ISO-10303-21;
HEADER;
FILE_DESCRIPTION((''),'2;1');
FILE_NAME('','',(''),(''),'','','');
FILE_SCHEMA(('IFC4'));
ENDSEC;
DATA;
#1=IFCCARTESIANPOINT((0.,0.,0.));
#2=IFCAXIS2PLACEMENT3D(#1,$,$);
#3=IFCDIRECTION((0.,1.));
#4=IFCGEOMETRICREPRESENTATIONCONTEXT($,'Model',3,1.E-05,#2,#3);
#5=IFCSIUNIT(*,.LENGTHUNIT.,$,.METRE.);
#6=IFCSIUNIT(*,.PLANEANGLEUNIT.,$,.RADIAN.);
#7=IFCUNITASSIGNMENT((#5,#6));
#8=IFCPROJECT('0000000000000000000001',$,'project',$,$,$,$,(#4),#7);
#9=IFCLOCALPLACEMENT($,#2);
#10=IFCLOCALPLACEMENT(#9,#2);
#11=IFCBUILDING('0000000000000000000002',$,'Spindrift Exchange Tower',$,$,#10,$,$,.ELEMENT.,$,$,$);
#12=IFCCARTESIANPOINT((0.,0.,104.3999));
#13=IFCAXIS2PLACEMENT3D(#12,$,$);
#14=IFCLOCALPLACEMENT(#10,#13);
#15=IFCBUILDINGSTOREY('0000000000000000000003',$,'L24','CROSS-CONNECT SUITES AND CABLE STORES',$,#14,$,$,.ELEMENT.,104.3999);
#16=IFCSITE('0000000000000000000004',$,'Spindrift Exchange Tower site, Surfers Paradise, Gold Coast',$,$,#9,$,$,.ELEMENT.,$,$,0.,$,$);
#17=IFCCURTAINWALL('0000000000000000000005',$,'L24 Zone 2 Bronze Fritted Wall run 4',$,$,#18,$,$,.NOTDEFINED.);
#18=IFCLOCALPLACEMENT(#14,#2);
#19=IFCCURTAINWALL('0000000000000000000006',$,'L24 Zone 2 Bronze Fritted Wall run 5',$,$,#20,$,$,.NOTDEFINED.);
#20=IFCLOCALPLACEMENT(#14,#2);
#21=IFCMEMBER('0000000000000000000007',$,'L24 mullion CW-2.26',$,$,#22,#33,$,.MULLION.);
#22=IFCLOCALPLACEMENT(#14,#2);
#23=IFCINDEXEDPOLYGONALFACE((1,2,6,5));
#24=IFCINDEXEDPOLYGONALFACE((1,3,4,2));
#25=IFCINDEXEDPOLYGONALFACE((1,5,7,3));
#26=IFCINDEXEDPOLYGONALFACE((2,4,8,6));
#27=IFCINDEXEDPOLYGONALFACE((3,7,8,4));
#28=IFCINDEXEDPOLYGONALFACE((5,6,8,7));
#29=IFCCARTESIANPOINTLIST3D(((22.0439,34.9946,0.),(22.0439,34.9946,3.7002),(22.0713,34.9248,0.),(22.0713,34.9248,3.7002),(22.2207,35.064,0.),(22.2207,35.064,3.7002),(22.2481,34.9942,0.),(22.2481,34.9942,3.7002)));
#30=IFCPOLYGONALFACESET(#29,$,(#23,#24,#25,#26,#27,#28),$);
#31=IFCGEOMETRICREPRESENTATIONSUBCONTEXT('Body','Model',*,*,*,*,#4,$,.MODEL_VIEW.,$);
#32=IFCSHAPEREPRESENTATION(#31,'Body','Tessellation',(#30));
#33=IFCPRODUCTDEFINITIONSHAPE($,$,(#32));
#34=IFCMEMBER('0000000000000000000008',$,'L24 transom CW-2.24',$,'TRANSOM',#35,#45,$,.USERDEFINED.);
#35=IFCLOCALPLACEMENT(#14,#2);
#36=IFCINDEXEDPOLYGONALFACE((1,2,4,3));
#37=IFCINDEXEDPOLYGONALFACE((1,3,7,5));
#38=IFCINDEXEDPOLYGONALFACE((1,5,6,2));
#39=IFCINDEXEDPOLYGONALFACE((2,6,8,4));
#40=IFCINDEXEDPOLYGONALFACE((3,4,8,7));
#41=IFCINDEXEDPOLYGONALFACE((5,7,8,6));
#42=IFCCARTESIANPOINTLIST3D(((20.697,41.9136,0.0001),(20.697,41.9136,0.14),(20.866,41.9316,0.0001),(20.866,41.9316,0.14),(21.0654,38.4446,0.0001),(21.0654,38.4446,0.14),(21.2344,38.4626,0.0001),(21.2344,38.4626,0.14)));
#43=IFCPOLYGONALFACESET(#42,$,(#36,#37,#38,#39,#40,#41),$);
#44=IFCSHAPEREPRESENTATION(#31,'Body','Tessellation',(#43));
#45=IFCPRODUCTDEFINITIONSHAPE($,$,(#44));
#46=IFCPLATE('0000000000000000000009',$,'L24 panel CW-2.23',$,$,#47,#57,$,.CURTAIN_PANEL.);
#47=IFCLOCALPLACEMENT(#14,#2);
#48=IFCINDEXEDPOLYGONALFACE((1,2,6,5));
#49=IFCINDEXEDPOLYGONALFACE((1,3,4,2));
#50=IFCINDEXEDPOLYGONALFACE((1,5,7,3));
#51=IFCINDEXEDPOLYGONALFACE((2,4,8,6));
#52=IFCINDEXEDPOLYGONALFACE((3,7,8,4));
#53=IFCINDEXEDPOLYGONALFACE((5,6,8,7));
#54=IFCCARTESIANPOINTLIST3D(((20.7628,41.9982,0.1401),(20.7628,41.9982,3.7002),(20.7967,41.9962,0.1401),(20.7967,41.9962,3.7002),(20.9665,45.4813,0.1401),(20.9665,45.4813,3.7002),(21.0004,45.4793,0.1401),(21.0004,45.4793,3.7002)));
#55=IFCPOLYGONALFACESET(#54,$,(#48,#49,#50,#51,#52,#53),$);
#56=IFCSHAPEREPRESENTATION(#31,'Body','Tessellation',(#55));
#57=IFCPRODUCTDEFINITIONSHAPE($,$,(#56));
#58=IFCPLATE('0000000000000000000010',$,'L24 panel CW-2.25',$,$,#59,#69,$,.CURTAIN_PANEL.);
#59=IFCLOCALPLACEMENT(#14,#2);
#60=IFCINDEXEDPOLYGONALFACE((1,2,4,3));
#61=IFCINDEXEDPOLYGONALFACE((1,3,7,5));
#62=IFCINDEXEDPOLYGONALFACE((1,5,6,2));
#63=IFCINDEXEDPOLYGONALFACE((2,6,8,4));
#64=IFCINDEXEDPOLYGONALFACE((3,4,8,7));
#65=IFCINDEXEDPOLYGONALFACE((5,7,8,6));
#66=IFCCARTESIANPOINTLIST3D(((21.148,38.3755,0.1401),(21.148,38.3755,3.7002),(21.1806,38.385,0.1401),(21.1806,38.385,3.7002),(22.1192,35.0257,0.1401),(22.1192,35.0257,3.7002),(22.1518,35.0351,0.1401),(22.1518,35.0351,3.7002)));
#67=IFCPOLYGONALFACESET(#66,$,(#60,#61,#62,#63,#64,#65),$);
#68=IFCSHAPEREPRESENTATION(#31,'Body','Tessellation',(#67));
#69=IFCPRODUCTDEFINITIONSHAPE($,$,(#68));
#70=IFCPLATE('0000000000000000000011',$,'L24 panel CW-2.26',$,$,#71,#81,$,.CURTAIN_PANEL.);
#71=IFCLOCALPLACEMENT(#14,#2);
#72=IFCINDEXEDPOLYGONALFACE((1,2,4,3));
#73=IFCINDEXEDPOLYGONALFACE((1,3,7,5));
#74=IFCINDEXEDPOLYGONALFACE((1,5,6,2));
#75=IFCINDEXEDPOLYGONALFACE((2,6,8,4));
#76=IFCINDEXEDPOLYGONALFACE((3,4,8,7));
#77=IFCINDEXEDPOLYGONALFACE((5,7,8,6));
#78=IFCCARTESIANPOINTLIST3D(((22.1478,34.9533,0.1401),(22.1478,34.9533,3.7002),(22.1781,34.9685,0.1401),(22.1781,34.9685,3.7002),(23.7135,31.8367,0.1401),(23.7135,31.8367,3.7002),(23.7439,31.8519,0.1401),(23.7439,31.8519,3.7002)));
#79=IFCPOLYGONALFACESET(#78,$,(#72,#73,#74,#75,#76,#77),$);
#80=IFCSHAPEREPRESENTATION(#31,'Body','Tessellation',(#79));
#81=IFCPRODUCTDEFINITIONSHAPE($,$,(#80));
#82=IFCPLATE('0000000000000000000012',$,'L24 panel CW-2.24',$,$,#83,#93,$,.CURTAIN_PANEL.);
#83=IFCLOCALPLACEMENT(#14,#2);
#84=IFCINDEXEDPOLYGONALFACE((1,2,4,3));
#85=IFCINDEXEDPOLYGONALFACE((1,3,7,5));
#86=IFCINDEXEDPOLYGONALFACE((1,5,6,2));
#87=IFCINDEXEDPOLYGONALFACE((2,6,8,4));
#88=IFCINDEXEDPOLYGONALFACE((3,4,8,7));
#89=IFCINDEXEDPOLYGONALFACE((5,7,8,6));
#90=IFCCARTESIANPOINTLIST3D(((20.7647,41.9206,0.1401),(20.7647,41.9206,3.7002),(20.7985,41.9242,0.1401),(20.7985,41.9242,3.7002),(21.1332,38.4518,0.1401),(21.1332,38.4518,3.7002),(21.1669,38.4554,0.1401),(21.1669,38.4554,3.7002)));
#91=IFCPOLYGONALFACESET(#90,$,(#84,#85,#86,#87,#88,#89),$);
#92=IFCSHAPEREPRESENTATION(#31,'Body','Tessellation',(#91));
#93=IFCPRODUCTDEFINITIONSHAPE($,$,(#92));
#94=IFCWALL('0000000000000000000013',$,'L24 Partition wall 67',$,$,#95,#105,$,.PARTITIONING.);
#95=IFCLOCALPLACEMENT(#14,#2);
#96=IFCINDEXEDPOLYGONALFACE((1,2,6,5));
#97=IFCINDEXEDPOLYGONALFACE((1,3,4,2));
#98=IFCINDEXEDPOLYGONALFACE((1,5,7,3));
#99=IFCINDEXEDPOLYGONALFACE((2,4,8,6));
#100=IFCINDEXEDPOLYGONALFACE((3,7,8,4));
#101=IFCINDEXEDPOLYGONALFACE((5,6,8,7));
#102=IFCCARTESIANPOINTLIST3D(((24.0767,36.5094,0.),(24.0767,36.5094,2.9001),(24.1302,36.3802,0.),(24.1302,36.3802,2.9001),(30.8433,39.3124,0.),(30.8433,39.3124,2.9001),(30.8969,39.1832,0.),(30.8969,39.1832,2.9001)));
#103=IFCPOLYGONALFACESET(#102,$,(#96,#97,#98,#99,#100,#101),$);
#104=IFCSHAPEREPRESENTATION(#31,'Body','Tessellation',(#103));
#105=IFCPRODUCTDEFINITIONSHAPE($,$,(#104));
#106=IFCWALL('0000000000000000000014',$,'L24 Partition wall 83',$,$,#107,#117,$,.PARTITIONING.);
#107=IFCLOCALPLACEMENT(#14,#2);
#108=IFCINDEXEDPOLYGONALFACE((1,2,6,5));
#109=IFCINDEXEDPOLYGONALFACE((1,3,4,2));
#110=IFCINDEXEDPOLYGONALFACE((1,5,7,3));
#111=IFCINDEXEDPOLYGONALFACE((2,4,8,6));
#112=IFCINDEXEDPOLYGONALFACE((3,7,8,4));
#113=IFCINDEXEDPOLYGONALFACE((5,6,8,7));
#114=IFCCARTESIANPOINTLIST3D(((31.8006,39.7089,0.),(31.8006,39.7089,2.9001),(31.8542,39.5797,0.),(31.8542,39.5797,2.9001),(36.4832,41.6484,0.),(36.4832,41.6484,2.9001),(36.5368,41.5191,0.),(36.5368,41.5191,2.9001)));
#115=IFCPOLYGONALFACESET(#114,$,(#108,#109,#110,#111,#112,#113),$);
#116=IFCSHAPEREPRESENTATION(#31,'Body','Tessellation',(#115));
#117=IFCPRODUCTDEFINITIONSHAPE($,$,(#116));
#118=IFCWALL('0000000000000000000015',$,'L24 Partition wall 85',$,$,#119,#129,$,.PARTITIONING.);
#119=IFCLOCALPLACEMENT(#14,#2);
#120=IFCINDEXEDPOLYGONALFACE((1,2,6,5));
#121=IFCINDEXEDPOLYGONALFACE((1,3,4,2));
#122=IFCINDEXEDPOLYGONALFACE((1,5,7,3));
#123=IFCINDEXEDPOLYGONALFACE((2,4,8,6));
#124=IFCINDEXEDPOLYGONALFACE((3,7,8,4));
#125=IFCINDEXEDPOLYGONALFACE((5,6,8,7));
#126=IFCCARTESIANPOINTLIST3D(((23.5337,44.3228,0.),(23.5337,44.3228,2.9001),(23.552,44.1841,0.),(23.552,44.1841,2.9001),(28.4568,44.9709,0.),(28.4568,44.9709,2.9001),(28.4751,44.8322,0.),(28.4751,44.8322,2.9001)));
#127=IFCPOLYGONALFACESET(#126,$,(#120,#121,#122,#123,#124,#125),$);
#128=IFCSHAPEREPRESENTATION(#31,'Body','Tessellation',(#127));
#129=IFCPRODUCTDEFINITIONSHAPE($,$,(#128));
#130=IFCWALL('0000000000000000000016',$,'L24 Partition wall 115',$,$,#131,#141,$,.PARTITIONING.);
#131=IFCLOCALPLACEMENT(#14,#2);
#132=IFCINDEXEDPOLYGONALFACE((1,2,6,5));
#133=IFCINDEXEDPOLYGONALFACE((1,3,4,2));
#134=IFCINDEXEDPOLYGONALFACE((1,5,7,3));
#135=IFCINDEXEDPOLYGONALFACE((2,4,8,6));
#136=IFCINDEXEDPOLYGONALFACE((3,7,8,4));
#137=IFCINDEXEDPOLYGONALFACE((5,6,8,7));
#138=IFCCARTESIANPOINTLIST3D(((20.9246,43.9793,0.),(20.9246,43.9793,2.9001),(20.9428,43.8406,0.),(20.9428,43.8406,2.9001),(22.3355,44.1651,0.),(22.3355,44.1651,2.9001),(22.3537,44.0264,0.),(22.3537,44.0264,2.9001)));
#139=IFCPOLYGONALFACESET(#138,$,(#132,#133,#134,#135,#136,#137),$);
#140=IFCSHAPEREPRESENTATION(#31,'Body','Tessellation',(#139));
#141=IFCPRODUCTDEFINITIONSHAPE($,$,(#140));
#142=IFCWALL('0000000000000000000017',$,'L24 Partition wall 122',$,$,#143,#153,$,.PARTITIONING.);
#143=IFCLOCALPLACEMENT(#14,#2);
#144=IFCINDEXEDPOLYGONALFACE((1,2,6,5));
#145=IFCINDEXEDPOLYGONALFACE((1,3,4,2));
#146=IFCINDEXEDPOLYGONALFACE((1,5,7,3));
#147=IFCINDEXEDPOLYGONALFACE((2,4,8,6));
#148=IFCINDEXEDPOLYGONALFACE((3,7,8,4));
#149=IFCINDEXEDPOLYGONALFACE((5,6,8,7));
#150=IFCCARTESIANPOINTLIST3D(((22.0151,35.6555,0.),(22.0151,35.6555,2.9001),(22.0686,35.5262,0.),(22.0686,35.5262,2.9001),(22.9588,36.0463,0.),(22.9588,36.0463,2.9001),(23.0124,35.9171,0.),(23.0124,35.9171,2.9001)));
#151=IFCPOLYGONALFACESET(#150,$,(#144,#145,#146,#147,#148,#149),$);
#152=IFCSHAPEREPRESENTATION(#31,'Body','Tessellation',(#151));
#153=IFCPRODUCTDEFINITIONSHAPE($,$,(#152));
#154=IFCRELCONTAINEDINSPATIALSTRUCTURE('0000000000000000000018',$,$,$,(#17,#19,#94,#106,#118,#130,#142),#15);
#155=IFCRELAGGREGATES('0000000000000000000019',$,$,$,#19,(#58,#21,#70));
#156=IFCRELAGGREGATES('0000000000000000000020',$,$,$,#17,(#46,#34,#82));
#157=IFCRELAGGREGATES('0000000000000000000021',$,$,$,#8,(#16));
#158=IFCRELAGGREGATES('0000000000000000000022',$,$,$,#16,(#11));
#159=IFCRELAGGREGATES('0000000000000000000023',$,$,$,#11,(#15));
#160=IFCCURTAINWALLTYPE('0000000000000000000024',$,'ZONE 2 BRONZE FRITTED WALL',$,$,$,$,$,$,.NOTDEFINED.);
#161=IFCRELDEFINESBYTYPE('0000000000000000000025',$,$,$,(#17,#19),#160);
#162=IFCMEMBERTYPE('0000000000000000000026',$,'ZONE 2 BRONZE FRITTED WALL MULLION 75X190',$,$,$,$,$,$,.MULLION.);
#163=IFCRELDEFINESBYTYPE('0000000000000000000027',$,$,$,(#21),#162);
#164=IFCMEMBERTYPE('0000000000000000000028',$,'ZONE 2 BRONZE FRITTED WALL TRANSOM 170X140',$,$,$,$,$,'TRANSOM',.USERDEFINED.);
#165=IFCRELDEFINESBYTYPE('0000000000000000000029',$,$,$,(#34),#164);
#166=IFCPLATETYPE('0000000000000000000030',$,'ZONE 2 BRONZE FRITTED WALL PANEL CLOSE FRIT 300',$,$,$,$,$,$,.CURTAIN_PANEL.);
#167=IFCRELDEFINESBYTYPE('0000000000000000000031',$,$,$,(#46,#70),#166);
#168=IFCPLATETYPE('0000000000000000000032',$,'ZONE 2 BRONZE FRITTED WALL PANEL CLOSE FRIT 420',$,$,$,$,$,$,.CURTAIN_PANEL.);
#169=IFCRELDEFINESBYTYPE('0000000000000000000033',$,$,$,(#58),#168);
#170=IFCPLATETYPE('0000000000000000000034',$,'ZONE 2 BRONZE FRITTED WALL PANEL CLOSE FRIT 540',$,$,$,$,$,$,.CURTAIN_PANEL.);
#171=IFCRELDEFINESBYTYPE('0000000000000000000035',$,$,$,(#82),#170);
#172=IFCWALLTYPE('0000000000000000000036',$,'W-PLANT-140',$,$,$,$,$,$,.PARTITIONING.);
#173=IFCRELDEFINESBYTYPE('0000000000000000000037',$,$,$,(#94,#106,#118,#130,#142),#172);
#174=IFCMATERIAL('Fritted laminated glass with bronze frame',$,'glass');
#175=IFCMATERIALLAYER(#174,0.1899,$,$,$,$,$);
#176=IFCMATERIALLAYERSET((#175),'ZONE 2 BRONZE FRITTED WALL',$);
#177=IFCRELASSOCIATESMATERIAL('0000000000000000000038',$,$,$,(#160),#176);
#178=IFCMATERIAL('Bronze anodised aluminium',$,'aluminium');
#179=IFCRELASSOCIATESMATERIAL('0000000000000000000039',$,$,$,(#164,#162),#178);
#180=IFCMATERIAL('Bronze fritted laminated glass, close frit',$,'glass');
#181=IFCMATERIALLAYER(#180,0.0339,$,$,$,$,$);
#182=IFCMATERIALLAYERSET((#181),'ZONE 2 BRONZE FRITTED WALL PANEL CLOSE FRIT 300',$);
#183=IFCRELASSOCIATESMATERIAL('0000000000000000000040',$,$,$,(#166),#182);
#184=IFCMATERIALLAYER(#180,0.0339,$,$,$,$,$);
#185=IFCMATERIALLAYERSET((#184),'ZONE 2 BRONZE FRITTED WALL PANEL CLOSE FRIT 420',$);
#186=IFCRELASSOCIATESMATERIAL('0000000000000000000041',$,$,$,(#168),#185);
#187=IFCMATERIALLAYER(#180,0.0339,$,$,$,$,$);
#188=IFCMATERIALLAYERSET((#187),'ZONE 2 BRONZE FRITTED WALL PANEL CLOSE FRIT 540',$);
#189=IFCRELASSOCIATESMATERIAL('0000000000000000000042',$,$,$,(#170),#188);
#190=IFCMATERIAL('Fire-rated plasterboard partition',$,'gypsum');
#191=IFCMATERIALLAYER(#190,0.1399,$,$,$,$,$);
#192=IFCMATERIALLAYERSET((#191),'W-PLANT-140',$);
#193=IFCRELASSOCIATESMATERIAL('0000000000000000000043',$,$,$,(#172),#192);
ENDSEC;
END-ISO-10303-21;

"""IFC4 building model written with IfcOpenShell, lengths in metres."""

from ifc_helpers import new_model, si_unit, direction, frame, frame_2d, origin, origin_2d, place, context, subcontext, project, spatial, rectangle, extrude, source, transform, mapped, material, layer, layer_set, material_profile, profile_set, type_object, element, aggregate, save


model = new_model("IFC4")

# Units and contexts
model_context = context("Model", 3, precision=1e-05, world=origin(), true_north=direction((0.0, 1.0)))
body_context = subcontext(model_context, "Body", "Model", "MODEL_VIEW")
ifc_project = project(units=[si_unit("LENGTHUNIT", "METRE"), si_unit("PLANEANGLEUNIT", "RADIAN")], contexts=[model_context])

# Site, building, storey
site_placement = place(None, origin())
site = spatial("IfcSite", under=ifc_project, at=site_placement, Name="Spindrift Exchange Tower site, Surfers Paradise, Gold Coast", CompositionType="ELEMENT", RefElevation=0.0)
building_placement = place(site_placement, origin())
building = spatial("IfcBuilding", under=site, at=building_placement, Name="Spindrift Exchange Tower", CompositionType="ELEMENT")
storey_placement = place(building_placement, frame((0.0, 0.0, 104.3999)))
storey = spatial("IfcBuildingStorey", under=building, at=storey_placement, Name="L24", Description="CROSS-CONNECT SUITES AND CABLE STORES", CompositionType="ELEMENT", Elevation=104.3999)

# Curtain wall
ifc_material_1 = material(Name="Fritted laminated glass with bronze frame", Category="glass")
ifc_layer_1 = layer(ifc_material_1, 0.1899)
ifc_layer_set_1 = layer_set([ifc_layer_1], Name="ZONE 2 BRONZE FRITTED WALL")
curtain_wall_type = type_object("IfcCurtainWallType", Name="ZONE 2 BRONZE FRITTED WALL", PredefinedType="NOTDEFINED", material=ifc_layer_set_1)
curtain_wall_1_placement = place(storey_placement, origin())
curtain_wall_1 = element("IfcCurtainWall", 1, at=curtain_wall_1_placement, inside=storey, type_object=curtain_wall_type, Name="L24 Zone 2 Bronze Fritted Wall run 4", PredefinedType="NOTDEFINED")
ifc_material_2 = material(Name="Bronze anodised aluminium", Category="aluminium")
ifc_material_profile_1 = material_profile(ifc_material_2, rectangle(XDim=0.1699, YDim=0.1399, at=origin_2d()), Name="ZONE 2 BRONZE FRITTED WALL TRANSOM 170X140")
ifc_profile_set_1 = profile_set([ifc_material_profile_1], Name="Bronze anodised aluminium")
member_type_1 = type_object("IfcMemberType", Name="ZONE 2 BRONZE FRITTED WALL TRANSOM 170X140", ElementType="TRANSOM", PredefinedType="USERDEFINED", material=ifc_profile_set_1)

# Curtain wall
curtain_wall_2_placement = place(storey_placement, origin())
curtain_wall_2 = element("IfcCurtainWall", 2, at=curtain_wall_2_placement, inside=storey, type_object=curtain_wall_type, Name="L24 Zone 2 Bronze Fritted Wall run 5", PredefinedType="NOTDEFINED")

# Members
ifc_material_profile_2 = material_profile(ifc_material_2, rectangle(XDim=0.075, YDim=0.1899, at=origin_2d()), Name="ZONE 2 BRONZE FRITTED WALL MULLION 75X190")
ifc_profile_set_2 = profile_set([ifc_material_profile_2], Name="Bronze anodised aluminium")
member_type_2 = type_object("IfcMemberType", Name="ZONE 2 BRONZE FRITTED WALL MULLION 75X190", PredefinedType="MULLION", material=ifc_profile_set_2)
shared_shape_1 = source(origin(), body_context, "Body", "SweptSolid", [
    extrude(rectangle(XDim=0.075, YDim=0.1899, at=origin_2d()), origin(), (0.0, 0.0, 1.0), 3.7002),
])
member_1_placement = place(storey_placement, frame((22.146, 34.9944, 0.0), z_axis=(0.0, 0.0, 1.0), x_axis=(0.365229, -0.930918, 0.0)))
member_1 = element("IfcMember", 3, at=member_1_placement, type_object=member_type_2, Name="L24 mullion CW-2.26", PredefinedType="MULLION", context=body_context, shape_type="MappedRepresentation", body=[
    mapped(shared_shape_1, transform((0.0, 0.0, 0.0), scale=1.0)),
])
shared_shape_2 = source(origin(), body_context, "Body", "SweptSolid", [
    extrude(rectangle(XDim=0.1699, YDim=0.1399, at=origin_2d()), origin(), (0.0, 0.0, 1.0), 3.4885),
])
member_2_placement = place(storey_placement, frame((20.7815, 41.9226, 0.0701), z_axis=(0.105606, -0.994408, 0.0), x_axis=(0.994408, 0.105606, 0.0)))
member_2 = element("IfcMember", 4, at=member_2_placement, type_object=member_type_1, Name="L24 transom CW-2.24", ObjectType="TRANSOM", PredefinedType="USERDEFINED", context=body_context, shape_type="MappedRepresentation", body=[
    mapped(shared_shape_2, transform((0.0, 0.0, 0.0), scale=1.0)),
])

# Plates
ifc_material_3 = material(Name="Bronze fritted laminated glass, close frit", Category="glass")
ifc_layer_2 = layer(ifc_material_3, 0.0339)
ifc_layer_set_2 = layer_set([ifc_layer_2], Name="ZONE 2 BRONZE FRITTED WALL PANEL CLOSE FRIT 300")
plate_type_1 = type_object("IfcPlateType", Name="ZONE 2 BRONZE FRITTED WALL PANEL CLOSE FRIT 300", PredefinedType="CURTAIN_PANEL", material=ifc_layer_set_2)
shared_shape_3 = source(origin(), body_context, "Body", "SweptSolid", [
    extrude(rectangle(XDim=3.489, YDim=0.0339, at=origin_2d()), origin(), (0.0, 0.0, 1.0), 3.5601),
])
plate_1_placement = place(storey_placement, frame((20.8816, 43.7388, 0.1401), z_axis=(0.0, 0.0, 1.0), x_axis=(-0.058388, -0.998294, 0.0)))
plate_1 = element("IfcPlate", 5, at=plate_1_placement, type_object=plate_type_1, Name="L24 panel CW-2.23", PredefinedType="CURTAIN_PANEL", context=body_context, shape_type="MappedRepresentation", body=[
    mapped(shared_shape_3, transform((0.0, 0.0, 0.0), scale=1.0)),
])
ifc_layer_3 = layer(ifc_material_3, 0.0339)
ifc_layer_set_3 = layer_set([ifc_layer_3], Name="ZONE 2 BRONZE FRITTED WALL PANEL CLOSE FRIT 420")
plate_type_2 = type_object("IfcPlateType", Name="ZONE 2 BRONZE FRITTED WALL PANEL CLOSE FRIT 420", PredefinedType="CURTAIN_PANEL", material=ifc_layer_set_3)
shared_shape_4 = source(origin(), body_context, "Body", "SweptSolid", [
    extrude(rectangle(XDim=3.4878, YDim=0.0339, at=origin_2d()), origin(), (0.0, 0.0, 1.0), 3.5601),
])
plate_2_placement = place(storey_placement, frame((21.6499, 36.7053, 0.1401), z_axis=(0.0, 0.0, 1.0), x_axis=(0.27846, -0.960448, 0.0)))
plate_2 = element("IfcPlate", 6, at=plate_2_placement, type_object=plate_type_2, Name="L24 panel CW-2.25", PredefinedType="CURTAIN_PANEL", context=body_context, shape_type="MappedRepresentation", body=[
    mapped(shared_shape_4, transform((0.0, 0.0, 0.0), scale=1.0)),
])
shared_shape_5 = source(origin(), body_context, "Body", "SweptSolid", [
    extrude(rectangle(XDim=3.4878, YDim=0.0339, at=origin_2d()), origin(), (0.0, 0.0, 1.0), 3.5601),
])
plate_3_placement = place(storey_placement, frame((22.9458, 33.4026, 0.1401), z_axis=(0.0, 0.0, 1.0), x_axis=(0.448931, -0.893567, 0.0)))
plate_3 = element("IfcPlate", 7, at=plate_3_placement, type_object=plate_type_1, Name="L24 panel CW-2.26", PredefinedType="CURTAIN_PANEL", context=body_context, shape_type="MappedRepresentation", body=[
    mapped(shared_shape_5, transform((0.0, 0.0, 0.0), scale=1.0)),
])
aggregate(curtain_wall_2, [plate_2, member_1, plate_3])
ifc_layer_4 = layer(ifc_material_3, 0.0339)
ifc_layer_set_4 = layer_set([ifc_layer_4], Name="ZONE 2 BRONZE FRITTED WALL PANEL CLOSE FRIT 540")
plate_type_3 = type_object("IfcPlateType", Name="ZONE 2 BRONZE FRITTED WALL PANEL CLOSE FRIT 540", PredefinedType="CURTAIN_PANEL", material=ifc_layer_set_4)
shared_shape_6 = source(origin(), body_context, "Body", "SweptSolid", [
    extrude(rectangle(XDim=3.4883, YDim=0.0339, at=origin_2d()), origin(), (0.0, 0.0, 1.0), 3.5601),
])
plate_4_placement = place(storey_placement, frame((20.9658, 40.188, 0.1401), z_axis=(0.0, 0.0, 1.0), x_axis=(0.105629, -0.994406, 0.0)))
plate_4 = element("IfcPlate", 8, at=plate_4_placement, type_object=plate_type_3, Name="L24 panel CW-2.24", PredefinedType="CURTAIN_PANEL", context=body_context, shape_type="MappedRepresentation", body=[
    mapped(shared_shape_6, transform((0.0, 0.0, 0.0), scale=1.0)),
])
aggregate(curtain_wall_1, [plate_1, member_2, plate_4])

# Walls
ifc_material_4 = material(Name="Fire-rated plasterboard partition", Category="gypsum")
ifc_layer_5 = layer(ifc_material_4, 0.1399)
ifc_layer_set_5 = layer_set([ifc_layer_5], Name="W-PLANT-140")
wall_type = type_object("IfcWallType", Name="W-PLANT-140", PredefinedType="PARTITIONING", material=ifc_layer_set_5)
wall_1_placement = place(storey_placement, frame((30.8701, 39.2478, 0.0), z_axis=(0.0, 0.0, 1.0), x_axis=(-0.923872, -0.382702, 0.0)))
element("IfcWall", 9, at=wall_1_placement, inside=storey, type_object=wall_type, Name="L24 Partition wall 67", PredefinedType="PARTITIONING", context=body_context, shape_type="SweptSolid", body=[
    extrude(rectangle(XDim=7.3242, YDim=0.1399, at=frame_2d((3.6621, 0.0))), origin(), (0.0, 0.0, 1.0), 2.9001),
])
wall_2_placement = place(storey_placement, frame((36.51, 41.5837, 0.0), z_axis=(0.0, 0.0, 1.0), x_axis=(-0.92389, -0.382658, 0.0)))
element("IfcWall", 10, at=wall_2_placement, inside=storey, type_object=wall_type, Name="L24 Partition wall 83", PredefinedType="PARTITIONING", context=body_context, shape_type="SweptSolid", body=[
    extrude(rectangle(XDim=5.0684, YDim=0.1399, at=frame_2d((2.5342, 0.0))), origin(), (0.0, 0.0, 1.0), 2.9001),
])
wall_3_placement = place(storey_placement, frame((28.4661, 44.9016, 0.0), z_axis=(0.0, 0.0, 1.0), x_axis=(-0.991443, -0.130537, 0.0)))
element("IfcWall", 11, at=wall_3_placement, inside=storey, type_object=wall_type, Name="L24 Partition wall 85", PredefinedType="PARTITIONING", context=body_context, shape_type="SweptSolid", body=[
    extrude(rectangle(XDim=4.9656, YDim=0.1399, at=frame_2d((2.4829, 0.0))), origin(), (0.0, 0.0, 1.0), 2.9001),
])
wall_4_placement = place(storey_placement, frame((22.3445, 44.0957, 0.0), z_axis=(0.0, 0.0, 1.0), x_axis=(-0.991441, -0.130557, 0.0)))
element("IfcWall", 12, at=wall_4_placement, inside=storey, type_object=wall_type, Name="L24 Partition wall 115", PredefinedType="PARTITIONING", context=body_context, shape_type="SweptSolid", body=[
    extrude(rectangle(XDim=1.4231, YDim=0.1399, at=frame_2d((0.7114, 0.0))), origin(), (0.0, 0.0, 1.0), 2.9001),
])
wall_5_placement = place(storey_placement, frame((22.9856, 35.9817, 0.0), z_axis=(0.0, 0.0, 1.0), x_axis=(-0.923909, -0.382612, 0.0)))
element("IfcWall", 13, at=wall_5_placement, inside=storey, type_object=wall_type, Name="L24 Partition wall 122", PredefinedType="PARTITIONING", context=body_context, shape_type="SweptSolid", body=[
    extrude(rectangle(XDim=1.0215, YDim=0.1399, at=frame_2d((0.5107, 0.0))), origin(), (0.0, 0.0, 1.0), 2.9001),
])

save(model, "model.ifc")
